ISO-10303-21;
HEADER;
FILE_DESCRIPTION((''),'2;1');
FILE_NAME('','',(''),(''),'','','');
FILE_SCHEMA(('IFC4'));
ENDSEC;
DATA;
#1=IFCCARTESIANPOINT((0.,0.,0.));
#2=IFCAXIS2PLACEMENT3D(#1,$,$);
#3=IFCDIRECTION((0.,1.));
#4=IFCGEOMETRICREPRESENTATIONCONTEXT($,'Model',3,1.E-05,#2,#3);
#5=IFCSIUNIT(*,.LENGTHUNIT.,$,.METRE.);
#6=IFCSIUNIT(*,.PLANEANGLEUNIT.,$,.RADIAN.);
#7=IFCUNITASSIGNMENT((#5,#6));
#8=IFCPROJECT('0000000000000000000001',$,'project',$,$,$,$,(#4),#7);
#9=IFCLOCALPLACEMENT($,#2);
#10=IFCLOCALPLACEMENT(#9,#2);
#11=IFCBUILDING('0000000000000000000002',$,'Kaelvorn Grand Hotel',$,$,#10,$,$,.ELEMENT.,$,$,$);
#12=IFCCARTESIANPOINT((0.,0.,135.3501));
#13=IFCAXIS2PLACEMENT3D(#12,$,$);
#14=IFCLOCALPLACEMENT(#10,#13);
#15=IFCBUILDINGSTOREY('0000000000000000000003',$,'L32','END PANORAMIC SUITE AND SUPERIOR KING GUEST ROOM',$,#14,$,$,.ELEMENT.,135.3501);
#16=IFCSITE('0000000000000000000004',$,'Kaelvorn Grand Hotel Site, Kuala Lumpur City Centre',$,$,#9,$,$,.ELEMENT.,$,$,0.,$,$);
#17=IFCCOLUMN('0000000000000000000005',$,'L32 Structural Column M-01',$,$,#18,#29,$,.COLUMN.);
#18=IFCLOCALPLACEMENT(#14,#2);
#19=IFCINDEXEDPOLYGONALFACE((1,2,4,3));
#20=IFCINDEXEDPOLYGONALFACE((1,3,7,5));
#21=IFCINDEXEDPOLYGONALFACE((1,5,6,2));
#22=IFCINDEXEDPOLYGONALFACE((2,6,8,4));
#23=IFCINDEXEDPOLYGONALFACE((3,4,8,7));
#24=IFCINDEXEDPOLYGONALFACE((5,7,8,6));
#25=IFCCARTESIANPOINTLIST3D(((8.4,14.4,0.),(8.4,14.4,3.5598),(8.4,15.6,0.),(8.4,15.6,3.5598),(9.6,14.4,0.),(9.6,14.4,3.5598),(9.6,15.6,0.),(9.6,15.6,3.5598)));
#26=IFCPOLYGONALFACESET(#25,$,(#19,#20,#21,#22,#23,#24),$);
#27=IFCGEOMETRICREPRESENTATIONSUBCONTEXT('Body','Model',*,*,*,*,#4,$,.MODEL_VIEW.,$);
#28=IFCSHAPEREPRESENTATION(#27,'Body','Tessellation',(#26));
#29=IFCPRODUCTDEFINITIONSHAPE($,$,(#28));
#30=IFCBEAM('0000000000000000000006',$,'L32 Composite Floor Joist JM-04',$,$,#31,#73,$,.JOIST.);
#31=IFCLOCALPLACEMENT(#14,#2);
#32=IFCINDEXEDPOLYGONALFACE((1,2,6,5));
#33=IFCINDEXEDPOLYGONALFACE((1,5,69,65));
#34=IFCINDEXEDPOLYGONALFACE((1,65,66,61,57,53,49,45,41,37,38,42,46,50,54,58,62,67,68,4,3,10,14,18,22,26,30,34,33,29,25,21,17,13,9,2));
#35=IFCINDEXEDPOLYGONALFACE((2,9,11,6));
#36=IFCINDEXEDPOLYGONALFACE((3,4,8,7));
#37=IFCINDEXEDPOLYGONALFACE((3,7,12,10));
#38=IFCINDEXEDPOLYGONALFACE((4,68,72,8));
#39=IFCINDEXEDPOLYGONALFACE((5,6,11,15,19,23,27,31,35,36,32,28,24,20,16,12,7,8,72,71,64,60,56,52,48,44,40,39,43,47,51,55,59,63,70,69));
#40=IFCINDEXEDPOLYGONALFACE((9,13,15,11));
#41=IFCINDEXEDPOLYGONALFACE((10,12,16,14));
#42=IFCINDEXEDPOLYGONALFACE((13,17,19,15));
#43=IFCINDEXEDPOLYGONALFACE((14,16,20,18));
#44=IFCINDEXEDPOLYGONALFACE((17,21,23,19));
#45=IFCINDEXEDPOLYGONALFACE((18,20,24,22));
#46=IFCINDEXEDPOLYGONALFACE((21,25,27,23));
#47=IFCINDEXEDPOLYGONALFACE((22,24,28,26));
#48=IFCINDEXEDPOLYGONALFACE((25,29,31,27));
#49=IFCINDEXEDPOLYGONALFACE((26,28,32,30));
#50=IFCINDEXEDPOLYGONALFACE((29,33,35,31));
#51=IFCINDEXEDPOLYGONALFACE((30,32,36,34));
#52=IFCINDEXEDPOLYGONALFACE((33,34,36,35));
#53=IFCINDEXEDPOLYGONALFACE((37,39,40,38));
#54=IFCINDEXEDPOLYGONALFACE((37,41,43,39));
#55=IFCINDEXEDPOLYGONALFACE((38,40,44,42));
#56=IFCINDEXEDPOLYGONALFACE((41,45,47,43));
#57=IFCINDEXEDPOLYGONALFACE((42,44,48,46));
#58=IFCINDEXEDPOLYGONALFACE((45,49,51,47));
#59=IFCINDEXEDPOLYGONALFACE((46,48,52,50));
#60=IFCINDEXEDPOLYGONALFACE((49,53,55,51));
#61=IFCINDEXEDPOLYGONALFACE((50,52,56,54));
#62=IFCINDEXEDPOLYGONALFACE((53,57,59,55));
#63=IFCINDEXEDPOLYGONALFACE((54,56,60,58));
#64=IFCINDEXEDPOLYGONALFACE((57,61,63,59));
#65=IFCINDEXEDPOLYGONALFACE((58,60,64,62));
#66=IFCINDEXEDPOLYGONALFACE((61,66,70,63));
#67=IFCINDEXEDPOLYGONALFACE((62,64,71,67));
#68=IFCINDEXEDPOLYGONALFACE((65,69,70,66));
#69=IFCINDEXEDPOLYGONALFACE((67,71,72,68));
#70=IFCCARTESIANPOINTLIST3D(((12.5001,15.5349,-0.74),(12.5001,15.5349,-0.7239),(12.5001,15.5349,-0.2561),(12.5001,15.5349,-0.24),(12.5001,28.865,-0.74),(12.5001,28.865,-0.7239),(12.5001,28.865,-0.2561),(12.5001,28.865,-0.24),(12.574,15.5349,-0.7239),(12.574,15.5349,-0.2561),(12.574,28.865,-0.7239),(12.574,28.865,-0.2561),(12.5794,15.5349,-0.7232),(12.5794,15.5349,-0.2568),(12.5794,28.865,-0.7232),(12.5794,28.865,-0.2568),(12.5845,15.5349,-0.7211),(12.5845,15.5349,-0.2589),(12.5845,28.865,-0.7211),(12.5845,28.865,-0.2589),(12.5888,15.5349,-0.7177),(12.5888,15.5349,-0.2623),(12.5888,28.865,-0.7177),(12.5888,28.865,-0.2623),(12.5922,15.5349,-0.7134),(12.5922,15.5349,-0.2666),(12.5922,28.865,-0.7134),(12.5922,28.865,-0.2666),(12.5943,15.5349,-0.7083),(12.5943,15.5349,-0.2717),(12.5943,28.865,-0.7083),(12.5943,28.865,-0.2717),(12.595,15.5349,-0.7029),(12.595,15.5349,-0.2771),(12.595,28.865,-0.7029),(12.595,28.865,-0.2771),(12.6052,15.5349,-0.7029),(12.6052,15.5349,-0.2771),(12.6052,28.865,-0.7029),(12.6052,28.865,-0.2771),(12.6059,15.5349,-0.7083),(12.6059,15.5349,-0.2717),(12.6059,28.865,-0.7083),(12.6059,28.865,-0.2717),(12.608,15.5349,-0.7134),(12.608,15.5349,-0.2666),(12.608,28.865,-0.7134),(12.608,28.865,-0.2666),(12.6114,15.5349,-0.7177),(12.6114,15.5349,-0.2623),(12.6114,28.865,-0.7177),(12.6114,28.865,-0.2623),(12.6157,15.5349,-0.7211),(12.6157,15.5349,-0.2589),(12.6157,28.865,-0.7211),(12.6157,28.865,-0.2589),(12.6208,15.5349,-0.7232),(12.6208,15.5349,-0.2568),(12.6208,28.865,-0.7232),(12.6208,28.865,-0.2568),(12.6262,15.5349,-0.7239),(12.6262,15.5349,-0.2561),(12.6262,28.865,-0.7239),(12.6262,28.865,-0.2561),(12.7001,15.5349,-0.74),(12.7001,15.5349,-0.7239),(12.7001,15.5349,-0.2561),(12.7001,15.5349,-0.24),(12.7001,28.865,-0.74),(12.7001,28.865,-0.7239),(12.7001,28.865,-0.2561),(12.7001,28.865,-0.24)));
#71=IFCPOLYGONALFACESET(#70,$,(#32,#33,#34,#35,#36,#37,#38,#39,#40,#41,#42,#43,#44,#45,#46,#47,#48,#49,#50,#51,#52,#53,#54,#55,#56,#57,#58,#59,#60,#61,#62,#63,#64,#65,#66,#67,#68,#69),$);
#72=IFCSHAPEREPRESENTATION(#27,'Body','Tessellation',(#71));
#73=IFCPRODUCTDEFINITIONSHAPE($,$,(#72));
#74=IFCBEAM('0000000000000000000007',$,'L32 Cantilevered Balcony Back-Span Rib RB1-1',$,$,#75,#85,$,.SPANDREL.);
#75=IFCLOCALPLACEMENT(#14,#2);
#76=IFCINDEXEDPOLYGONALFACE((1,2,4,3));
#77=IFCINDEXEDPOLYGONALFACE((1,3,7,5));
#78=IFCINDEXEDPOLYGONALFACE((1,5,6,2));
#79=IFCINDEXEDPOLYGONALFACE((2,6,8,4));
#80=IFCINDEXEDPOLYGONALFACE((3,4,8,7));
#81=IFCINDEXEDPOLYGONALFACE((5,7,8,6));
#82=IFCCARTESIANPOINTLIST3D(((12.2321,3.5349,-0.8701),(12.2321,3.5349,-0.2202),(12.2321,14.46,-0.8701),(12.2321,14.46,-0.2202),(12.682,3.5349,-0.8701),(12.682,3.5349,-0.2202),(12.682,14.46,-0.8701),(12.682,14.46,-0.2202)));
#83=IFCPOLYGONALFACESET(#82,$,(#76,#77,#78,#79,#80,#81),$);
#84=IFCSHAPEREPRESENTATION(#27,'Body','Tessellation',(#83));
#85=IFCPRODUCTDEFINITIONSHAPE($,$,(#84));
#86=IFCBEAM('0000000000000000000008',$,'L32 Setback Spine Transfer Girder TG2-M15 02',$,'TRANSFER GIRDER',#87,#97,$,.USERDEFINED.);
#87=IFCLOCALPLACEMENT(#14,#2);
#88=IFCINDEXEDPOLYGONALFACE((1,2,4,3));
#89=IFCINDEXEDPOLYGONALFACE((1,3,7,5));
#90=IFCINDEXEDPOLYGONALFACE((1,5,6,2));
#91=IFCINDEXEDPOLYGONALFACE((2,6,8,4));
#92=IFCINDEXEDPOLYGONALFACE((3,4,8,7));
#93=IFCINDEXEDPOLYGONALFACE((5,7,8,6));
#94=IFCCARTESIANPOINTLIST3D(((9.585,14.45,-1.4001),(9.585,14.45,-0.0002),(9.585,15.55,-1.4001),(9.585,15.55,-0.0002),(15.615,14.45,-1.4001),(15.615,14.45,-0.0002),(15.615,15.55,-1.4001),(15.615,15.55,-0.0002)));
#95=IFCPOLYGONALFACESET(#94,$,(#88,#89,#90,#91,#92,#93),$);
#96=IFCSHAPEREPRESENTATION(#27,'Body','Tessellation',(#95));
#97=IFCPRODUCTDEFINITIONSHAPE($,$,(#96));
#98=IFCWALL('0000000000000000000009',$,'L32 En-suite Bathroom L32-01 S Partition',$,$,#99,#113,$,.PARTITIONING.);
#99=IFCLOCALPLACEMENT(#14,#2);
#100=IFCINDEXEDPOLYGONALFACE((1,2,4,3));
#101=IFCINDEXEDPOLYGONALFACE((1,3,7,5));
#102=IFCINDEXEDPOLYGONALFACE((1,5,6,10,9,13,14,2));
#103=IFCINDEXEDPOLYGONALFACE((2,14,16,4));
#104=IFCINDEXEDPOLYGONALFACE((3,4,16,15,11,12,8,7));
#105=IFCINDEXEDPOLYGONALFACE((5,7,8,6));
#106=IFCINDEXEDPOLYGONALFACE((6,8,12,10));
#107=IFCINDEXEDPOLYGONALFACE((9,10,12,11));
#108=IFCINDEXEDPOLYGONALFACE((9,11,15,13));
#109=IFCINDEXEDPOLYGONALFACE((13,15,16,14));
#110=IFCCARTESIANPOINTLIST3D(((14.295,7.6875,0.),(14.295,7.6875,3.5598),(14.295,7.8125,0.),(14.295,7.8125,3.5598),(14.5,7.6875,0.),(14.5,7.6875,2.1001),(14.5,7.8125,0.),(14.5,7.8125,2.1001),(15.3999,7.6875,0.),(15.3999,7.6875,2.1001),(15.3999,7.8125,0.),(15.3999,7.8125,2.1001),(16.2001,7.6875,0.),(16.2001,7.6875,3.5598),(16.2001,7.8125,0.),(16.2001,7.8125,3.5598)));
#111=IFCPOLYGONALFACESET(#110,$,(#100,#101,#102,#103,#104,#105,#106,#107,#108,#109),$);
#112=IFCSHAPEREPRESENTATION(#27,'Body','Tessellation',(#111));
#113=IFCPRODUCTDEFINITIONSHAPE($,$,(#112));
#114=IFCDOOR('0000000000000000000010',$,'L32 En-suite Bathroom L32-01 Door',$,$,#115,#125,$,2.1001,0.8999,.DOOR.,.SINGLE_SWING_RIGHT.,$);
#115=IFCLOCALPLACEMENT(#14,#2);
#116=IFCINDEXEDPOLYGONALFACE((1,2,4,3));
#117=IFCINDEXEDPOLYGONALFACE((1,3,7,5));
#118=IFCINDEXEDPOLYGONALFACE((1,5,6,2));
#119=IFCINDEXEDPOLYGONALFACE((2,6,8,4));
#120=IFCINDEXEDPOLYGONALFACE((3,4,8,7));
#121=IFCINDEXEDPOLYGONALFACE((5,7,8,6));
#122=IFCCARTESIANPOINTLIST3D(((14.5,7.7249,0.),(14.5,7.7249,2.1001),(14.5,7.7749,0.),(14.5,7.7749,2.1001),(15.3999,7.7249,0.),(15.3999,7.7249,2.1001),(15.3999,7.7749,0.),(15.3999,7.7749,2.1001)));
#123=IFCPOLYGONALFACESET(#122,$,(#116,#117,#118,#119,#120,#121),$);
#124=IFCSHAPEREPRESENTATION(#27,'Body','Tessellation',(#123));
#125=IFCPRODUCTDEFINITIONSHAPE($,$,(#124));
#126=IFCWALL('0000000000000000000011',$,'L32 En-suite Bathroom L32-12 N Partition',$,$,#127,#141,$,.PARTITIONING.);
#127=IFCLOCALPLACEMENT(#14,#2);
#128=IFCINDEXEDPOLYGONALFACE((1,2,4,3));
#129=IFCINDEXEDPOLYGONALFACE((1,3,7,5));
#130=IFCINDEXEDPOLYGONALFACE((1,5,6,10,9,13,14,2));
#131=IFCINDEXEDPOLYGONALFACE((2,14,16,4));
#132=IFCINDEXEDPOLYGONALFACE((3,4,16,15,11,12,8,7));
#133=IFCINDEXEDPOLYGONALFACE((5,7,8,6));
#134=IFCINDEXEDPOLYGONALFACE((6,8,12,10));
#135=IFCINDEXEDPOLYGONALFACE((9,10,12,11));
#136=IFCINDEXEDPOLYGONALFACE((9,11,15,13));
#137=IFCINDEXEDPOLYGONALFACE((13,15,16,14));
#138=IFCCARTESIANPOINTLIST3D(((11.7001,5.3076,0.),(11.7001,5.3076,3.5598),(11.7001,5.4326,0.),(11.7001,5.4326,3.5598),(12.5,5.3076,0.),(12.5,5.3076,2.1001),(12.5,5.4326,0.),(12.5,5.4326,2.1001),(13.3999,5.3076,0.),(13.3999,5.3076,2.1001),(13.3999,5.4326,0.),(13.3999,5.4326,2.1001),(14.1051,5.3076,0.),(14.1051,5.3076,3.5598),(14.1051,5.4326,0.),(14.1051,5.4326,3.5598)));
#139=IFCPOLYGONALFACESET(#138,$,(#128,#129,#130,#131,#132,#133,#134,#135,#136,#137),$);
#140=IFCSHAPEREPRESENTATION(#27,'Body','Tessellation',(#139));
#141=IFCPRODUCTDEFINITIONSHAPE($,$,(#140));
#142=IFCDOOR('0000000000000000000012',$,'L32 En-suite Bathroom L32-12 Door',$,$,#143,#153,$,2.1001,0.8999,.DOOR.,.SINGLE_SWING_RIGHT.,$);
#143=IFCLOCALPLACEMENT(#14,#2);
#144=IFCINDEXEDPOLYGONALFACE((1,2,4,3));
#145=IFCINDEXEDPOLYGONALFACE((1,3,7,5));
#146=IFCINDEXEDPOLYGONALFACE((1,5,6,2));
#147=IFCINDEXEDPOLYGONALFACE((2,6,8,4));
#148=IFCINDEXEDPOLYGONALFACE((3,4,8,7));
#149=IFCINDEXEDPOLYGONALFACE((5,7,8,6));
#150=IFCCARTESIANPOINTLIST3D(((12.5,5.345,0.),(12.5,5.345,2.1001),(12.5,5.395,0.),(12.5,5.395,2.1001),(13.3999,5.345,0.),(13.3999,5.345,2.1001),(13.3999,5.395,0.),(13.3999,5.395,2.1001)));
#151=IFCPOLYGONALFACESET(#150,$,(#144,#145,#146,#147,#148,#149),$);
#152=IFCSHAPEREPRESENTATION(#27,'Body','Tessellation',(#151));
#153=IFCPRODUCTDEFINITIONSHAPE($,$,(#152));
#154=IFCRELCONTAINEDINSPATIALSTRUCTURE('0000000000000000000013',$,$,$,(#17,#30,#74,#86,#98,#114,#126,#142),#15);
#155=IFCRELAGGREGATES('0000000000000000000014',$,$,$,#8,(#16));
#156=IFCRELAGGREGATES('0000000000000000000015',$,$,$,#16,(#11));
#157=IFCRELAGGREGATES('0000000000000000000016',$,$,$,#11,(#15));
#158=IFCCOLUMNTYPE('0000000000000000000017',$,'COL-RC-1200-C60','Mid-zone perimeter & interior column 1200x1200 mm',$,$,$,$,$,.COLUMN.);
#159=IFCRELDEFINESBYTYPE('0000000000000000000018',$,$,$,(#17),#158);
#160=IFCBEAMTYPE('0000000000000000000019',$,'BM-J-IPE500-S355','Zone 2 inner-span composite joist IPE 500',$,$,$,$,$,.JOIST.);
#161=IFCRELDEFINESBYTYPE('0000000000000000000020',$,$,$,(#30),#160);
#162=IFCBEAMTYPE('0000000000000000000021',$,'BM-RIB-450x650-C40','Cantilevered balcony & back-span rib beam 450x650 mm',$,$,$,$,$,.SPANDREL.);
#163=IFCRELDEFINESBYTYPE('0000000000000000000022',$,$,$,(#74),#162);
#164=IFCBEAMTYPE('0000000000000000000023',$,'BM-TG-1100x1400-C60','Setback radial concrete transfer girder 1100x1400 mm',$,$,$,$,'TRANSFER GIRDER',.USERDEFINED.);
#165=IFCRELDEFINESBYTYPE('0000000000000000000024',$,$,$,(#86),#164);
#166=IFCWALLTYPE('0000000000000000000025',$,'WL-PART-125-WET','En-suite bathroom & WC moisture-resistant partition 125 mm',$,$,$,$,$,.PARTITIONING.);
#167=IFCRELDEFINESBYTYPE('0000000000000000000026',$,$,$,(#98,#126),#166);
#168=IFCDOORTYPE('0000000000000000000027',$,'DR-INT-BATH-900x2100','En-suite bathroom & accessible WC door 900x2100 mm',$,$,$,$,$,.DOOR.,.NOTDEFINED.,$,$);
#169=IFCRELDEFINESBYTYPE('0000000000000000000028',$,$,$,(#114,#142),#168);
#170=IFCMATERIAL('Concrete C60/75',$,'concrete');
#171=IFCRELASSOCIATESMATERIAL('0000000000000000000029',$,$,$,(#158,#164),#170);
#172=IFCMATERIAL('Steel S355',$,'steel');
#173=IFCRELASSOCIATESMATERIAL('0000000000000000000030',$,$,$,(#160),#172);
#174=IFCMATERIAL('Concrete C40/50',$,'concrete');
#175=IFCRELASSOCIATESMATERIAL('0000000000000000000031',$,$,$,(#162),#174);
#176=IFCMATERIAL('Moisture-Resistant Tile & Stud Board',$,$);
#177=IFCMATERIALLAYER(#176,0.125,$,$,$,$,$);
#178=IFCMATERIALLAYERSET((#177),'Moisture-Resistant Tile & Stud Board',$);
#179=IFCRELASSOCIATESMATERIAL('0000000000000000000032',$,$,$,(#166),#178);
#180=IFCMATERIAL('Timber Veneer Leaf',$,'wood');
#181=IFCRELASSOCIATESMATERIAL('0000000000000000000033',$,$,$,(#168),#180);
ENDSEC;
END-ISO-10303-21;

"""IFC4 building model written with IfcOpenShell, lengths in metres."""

from ifc_helpers import new_model, si_unit, direction, frame, frame_2d, origin, origin_2d, place, context, subcontext, project, spatial, rectangle, i_section, extrude, material, layer, layer_set, material_profile, profile_set, type_object, element, fill, save


model = new_model("IFC4")

# Units and contexts
model_context = context("Model", 3, precision=1e-05, world=origin(), true_north=direction((0.0, 1.0)))
body_context = subcontext(model_context, "Body", "Model", "MODEL_VIEW")
ifc_project = project(units=[si_unit("LENGTHUNIT", "METRE"), si_unit("PLANEANGLEUNIT", "RADIAN")], contexts=[model_context])

# Site, building, storey
site_placement = place(None, origin())
site = spatial("IfcSite", under=ifc_project, at=site_placement, Name="Kaelvorn Grand Hotel Site, Kuala Lumpur City Centre", CompositionType="ELEMENT", RefElevation=0.0)
building_placement = place(site_placement, origin())
building = spatial("IfcBuilding", under=site, at=building_placement, Name="Kaelvorn Grand Hotel", CompositionType="ELEMENT")
storey_placement = place(building_placement, frame((0.0, 0.0, 135.3501)))
storey = spatial("IfcBuildingStorey", under=building, at=storey_placement, Name="L32", Description="END PANORAMIC SUITE AND SUPERIOR KING GUEST ROOM", CompositionType="ELEMENT", Elevation=135.3501)

# Column
ifc_material_1 = material(Name="Concrete C60/75", Category="concrete")
ifc_material_profile_1 = material_profile(ifc_material_1, rectangle(XDim=1.2, YDim=1.2, at=origin_2d()), Name="RC COL 1200x1200")
ifc_profile_set_1 = profile_set([ifc_material_profile_1], Name="Concrete C60/75")
column_type = type_object("IfcColumnType", Name="COL-RC-1200-C60", Description="Mid-zone perimeter & interior column 1200x1200 mm", PredefinedType="COLUMN", material=ifc_profile_set_1)
column_placement = place(storey_placement, frame((9.0, 15.0, 0.0), z_axis=(0.0, 0.0, 1.0), x_axis=(1.0, 0.0, 0.0)))
element("IfcColumn", 1, at=column_placement, inside=storey, type_object=column_type, Name="L32 Structural Column M-01", PredefinedType="COLUMN", context=body_context, shape_type="SweptSolid", body=[
    extrude(rectangle(XDim=1.2, YDim=1.2, at=origin_2d()), origin(), (0.0, 0.0, 1.0), 3.5598),
])

# Beams
ifc_material_2 = material(Name="Steel S355", Category="steel")
ifc_material_profile_2 = material_profile(ifc_material_2, i_section(OverallWidth=0.2, OverallDepth=0.5, WebThickness=0.0103, FlangeThickness=0.0161, FilletRadius=0.021, at=origin_2d()), Name="IPE 500")
ifc_profile_set_2 = profile_set([ifc_material_profile_2], Name="Steel S355")
beam_type_1 = type_object("IfcBeamType", Name="BM-J-IPE500-S355", Description="Zone 2 inner-span composite joist IPE 500", PredefinedType="JOIST", material=ifc_profile_set_2)
beam_1_placement = place(storey_placement, frame((12.6001, 15.5349, -0.49), z_axis=(0.0, 1.0, 0.0), x_axis=(-1.0, 0.0, 0.0)))
element("IfcBeam", 2, at=beam_1_placement, inside=storey, type_object=beam_type_1, Name="L32 Composite Floor Joist JM-04", PredefinedType="JOIST", context=body_context, shape_type="SweptSolid", body=[
    extrude(i_section(OverallWidth=0.2, OverallDepth=0.5, WebThickness=0.0103, FlangeThickness=0.0161, FilletRadius=0.021, at=origin_2d()), origin(), (0.0, 0.0, 1.0), 13.3301),
])
ifc_material_3 = material(Name="Concrete C40/50", Category="concrete")
ifc_material_profile_3 = material_profile(ifc_material_3, rectangle(XDim=0.45, YDim=0.6499, at=origin_2d()), Name="RC RIB 450x650")
ifc_profile_set_3 = profile_set([ifc_material_profile_3], Name="Concrete C40/50")
beam_type_2 = type_object("IfcBeamType", Name="BM-RIB-450x650-C40", Description="Cantilevered balcony & back-span rib beam 450x650 mm", PredefinedType="SPANDREL", material=ifc_profile_set_3)
beam_2_placement = place(storey_placement, frame((12.457, 3.5349, -0.5452), z_axis=(0.0, 1.0, 0.0), x_axis=(-1.0, 0.0, 0.0)))
element("IfcBeam", 3, at=beam_2_placement, inside=storey, type_object=beam_type_2, Name="L32 Cantilevered Balcony Back-Span Rib RB1-1", PredefinedType="SPANDREL", context=body_context, shape_type="SweptSolid", body=[
    extrude(rectangle(XDim=0.45, YDim=0.6499, at=origin_2d()), origin(), (0.0, 0.0, 1.0), 10.925),
])
ifc_material_profile_4 = material_profile(ifc_material_1, rectangle(XDim=1.1001, YDim=1.3999, at=origin_2d()), Name="RC TG 1100x1400")
ifc_profile_set_4 = profile_set([ifc_material_profile_4], Name="Concrete C60/75")
beam_type_3 = type_object("IfcBeamType", Name="BM-TG-1100x1400-C60", Description="Setback radial concrete transfer girder 1100x1400 mm", ElementType="TRANSFER GIRDER", PredefinedType="USERDEFINED", material=ifc_profile_set_4)
beam_3_placement = place(storey_placement, frame((9.585, 15.0, -0.7002), z_axis=(1.0, 0.0, 0.0), x_axis=(0.0, 1.0, 0.0)))
element("IfcBeam", 4, at=beam_3_placement, inside=storey, type_object=beam_type_3, Name="L32 Setback Spine Transfer Girder TG2-M15 02", ObjectType="TRANSFER GIRDER", PredefinedType="USERDEFINED", context=body_context, shape_type="SweptSolid", body=[
    extrude(rectangle(XDim=1.1001, YDim=1.3999, at=origin_2d()), origin(), (0.0, 0.0, 1.0), 6.03),
])

# Walls, openings, doors
ifc_material_4 = material(Name="Moisture-Resistant Tile & Stud Board")
ifc_layer_1 = layer(ifc_material_4, 0.125)
ifc_layer_set_1 = layer_set([ifc_layer_1], Name="Moisture-Resistant Tile & Stud Board")
wall_type_1 = type_object("IfcWallType", Name="WL-PART-125-WET", Description="En-suite bathroom & WC moisture-resistant partition 125 mm", PredefinedType="PARTITIONING", material=ifc_layer_set_1)
wall_1_placement = place(storey_placement, frame((14.2949, 7.75, 0.0), z_axis=(0.0, 0.0, 1.0), x_axis=(1.0, 0.0, 0.0)))
wall_1 = element("IfcWall", 5, at=wall_1_placement, inside=storey, type_object=wall_type_1, Name="L32 En-suite Bathroom L32-01 S Partition", PredefinedType="PARTITIONING", context=body_context, shape_type="SweptSolid", body=[
    extrude(rectangle(XDim=1.905, YDim=0.125, at=frame_2d((0.9526, 0.0))), origin(), (0.0, 0.0, 1.0), 3.5598),
])
opening_1_placement = place(wall_1_placement, frame((0.2051, 0.0, 0.0)))
opening_1 = element("IfcOpeningElement", 6, at=opening_1_placement, cuts=wall_1, PredefinedType="OPENING", context=body_context, shape_type="SweptSolid", body=[
    extrude(rectangle(XDim=0.8999, YDim=2.1001, at=frame_2d((0.45, 1.05))), frame((0.0, 0.0725, 0.0), z_axis=(0.0, -1.0, 0.0), x_axis=(1.0, 0.0, 0.0)), (0.0, 0.0, 1.0), 0.145),
])
ifc_material_5 = material(Name="Timber Veneer Leaf", Category="wood")
door_type_1 = type_object("IfcDoorType", Name="DR-INT-BATH-900x2100", Description="En-suite bathroom & accessible WC door 900x2100 mm", OperationType="NOTDEFINED", PredefinedType="DOOR", material=ifc_material_5)
door_1_placement = place(opening_1_placement, origin())
door_1 = element("IfcDoor", 7, at=door_1_placement, inside=storey, type_object=door_type_1, Name="L32 En-suite Bathroom L32-01 Door", OperationType="SINGLE_SWING_RIGHT", OverallHeight=2.1001, OverallWidth=0.8999, PredefinedType="DOOR", context=body_context, shape_type="SweptSolid", body=[
    extrude(rectangle(XDim=0.8999, YDim=2.1001, at=frame_2d((0.45, 1.05))), frame((0.0, 0.0249, 0.0), z_axis=(0.0, -1.0, 0.0), x_axis=(1.0, 0.0, 0.0)), (0.0, 0.0, 1.0), 0.05),
])
fill(opening_1, door_1)
wall_2_placement = place(storey_placement, frame((11.7, 5.3701, 0.0), z_axis=(0.0, 0.0, 1.0), x_axis=(1.0, 0.0, 0.0)))
wall_2 = element("IfcWall", 8, at=wall_2_placement, inside=storey, type_object=wall_type_1, Name="L32 En-suite Bathroom L32-12 N Partition", PredefinedType="PARTITIONING", context=body_context, shape_type="SweptSolid", body=[
    extrude(rectangle(XDim=2.405, YDim=0.125, at=frame_2d((1.2026, 0.0))), origin(), (0.0, 0.0, 1.0), 3.5598),
])
opening_2_placement = place(wall_2_placement, frame((0.8, 0.0, 0.0)))
opening_2 = element("IfcOpeningElement", 9, at=opening_2_placement, cuts=wall_2, PredefinedType="OPENING", context=body_context, shape_type="SweptSolid", body=[
    extrude(rectangle(XDim=0.8999, YDim=2.1001, at=frame_2d((0.45, 1.05))), frame((0.0, 0.0725, 0.0), z_axis=(0.0, -1.0, 0.0), x_axis=(1.0, 0.0, 0.0)), (0.0, 0.0, 1.0), 0.145),
])
door_2_placement = place(opening_2_placement, origin())
door_2 = element("IfcDoor", 10, at=door_2_placement, inside=storey, type_object=door_type_1, Name="L32 En-suite Bathroom L32-12 Door", OperationType="SINGLE_SWING_RIGHT", OverallHeight=2.1001, OverallWidth=0.8999, PredefinedType="DOOR", context=body_context, shape_type="SweptSolid", body=[
    extrude(rectangle(XDim=0.8999, YDim=2.1001, at=frame_2d((0.45, 1.05))), frame((0.0, 0.0249, 0.0), z_axis=(0.0, -1.0, 0.0), x_axis=(1.0, 0.0, 0.0)), (0.0, 0.0, 1.0), 0.05),
])
fill(opening_2, door_2)

save(model, "model.ifc")
